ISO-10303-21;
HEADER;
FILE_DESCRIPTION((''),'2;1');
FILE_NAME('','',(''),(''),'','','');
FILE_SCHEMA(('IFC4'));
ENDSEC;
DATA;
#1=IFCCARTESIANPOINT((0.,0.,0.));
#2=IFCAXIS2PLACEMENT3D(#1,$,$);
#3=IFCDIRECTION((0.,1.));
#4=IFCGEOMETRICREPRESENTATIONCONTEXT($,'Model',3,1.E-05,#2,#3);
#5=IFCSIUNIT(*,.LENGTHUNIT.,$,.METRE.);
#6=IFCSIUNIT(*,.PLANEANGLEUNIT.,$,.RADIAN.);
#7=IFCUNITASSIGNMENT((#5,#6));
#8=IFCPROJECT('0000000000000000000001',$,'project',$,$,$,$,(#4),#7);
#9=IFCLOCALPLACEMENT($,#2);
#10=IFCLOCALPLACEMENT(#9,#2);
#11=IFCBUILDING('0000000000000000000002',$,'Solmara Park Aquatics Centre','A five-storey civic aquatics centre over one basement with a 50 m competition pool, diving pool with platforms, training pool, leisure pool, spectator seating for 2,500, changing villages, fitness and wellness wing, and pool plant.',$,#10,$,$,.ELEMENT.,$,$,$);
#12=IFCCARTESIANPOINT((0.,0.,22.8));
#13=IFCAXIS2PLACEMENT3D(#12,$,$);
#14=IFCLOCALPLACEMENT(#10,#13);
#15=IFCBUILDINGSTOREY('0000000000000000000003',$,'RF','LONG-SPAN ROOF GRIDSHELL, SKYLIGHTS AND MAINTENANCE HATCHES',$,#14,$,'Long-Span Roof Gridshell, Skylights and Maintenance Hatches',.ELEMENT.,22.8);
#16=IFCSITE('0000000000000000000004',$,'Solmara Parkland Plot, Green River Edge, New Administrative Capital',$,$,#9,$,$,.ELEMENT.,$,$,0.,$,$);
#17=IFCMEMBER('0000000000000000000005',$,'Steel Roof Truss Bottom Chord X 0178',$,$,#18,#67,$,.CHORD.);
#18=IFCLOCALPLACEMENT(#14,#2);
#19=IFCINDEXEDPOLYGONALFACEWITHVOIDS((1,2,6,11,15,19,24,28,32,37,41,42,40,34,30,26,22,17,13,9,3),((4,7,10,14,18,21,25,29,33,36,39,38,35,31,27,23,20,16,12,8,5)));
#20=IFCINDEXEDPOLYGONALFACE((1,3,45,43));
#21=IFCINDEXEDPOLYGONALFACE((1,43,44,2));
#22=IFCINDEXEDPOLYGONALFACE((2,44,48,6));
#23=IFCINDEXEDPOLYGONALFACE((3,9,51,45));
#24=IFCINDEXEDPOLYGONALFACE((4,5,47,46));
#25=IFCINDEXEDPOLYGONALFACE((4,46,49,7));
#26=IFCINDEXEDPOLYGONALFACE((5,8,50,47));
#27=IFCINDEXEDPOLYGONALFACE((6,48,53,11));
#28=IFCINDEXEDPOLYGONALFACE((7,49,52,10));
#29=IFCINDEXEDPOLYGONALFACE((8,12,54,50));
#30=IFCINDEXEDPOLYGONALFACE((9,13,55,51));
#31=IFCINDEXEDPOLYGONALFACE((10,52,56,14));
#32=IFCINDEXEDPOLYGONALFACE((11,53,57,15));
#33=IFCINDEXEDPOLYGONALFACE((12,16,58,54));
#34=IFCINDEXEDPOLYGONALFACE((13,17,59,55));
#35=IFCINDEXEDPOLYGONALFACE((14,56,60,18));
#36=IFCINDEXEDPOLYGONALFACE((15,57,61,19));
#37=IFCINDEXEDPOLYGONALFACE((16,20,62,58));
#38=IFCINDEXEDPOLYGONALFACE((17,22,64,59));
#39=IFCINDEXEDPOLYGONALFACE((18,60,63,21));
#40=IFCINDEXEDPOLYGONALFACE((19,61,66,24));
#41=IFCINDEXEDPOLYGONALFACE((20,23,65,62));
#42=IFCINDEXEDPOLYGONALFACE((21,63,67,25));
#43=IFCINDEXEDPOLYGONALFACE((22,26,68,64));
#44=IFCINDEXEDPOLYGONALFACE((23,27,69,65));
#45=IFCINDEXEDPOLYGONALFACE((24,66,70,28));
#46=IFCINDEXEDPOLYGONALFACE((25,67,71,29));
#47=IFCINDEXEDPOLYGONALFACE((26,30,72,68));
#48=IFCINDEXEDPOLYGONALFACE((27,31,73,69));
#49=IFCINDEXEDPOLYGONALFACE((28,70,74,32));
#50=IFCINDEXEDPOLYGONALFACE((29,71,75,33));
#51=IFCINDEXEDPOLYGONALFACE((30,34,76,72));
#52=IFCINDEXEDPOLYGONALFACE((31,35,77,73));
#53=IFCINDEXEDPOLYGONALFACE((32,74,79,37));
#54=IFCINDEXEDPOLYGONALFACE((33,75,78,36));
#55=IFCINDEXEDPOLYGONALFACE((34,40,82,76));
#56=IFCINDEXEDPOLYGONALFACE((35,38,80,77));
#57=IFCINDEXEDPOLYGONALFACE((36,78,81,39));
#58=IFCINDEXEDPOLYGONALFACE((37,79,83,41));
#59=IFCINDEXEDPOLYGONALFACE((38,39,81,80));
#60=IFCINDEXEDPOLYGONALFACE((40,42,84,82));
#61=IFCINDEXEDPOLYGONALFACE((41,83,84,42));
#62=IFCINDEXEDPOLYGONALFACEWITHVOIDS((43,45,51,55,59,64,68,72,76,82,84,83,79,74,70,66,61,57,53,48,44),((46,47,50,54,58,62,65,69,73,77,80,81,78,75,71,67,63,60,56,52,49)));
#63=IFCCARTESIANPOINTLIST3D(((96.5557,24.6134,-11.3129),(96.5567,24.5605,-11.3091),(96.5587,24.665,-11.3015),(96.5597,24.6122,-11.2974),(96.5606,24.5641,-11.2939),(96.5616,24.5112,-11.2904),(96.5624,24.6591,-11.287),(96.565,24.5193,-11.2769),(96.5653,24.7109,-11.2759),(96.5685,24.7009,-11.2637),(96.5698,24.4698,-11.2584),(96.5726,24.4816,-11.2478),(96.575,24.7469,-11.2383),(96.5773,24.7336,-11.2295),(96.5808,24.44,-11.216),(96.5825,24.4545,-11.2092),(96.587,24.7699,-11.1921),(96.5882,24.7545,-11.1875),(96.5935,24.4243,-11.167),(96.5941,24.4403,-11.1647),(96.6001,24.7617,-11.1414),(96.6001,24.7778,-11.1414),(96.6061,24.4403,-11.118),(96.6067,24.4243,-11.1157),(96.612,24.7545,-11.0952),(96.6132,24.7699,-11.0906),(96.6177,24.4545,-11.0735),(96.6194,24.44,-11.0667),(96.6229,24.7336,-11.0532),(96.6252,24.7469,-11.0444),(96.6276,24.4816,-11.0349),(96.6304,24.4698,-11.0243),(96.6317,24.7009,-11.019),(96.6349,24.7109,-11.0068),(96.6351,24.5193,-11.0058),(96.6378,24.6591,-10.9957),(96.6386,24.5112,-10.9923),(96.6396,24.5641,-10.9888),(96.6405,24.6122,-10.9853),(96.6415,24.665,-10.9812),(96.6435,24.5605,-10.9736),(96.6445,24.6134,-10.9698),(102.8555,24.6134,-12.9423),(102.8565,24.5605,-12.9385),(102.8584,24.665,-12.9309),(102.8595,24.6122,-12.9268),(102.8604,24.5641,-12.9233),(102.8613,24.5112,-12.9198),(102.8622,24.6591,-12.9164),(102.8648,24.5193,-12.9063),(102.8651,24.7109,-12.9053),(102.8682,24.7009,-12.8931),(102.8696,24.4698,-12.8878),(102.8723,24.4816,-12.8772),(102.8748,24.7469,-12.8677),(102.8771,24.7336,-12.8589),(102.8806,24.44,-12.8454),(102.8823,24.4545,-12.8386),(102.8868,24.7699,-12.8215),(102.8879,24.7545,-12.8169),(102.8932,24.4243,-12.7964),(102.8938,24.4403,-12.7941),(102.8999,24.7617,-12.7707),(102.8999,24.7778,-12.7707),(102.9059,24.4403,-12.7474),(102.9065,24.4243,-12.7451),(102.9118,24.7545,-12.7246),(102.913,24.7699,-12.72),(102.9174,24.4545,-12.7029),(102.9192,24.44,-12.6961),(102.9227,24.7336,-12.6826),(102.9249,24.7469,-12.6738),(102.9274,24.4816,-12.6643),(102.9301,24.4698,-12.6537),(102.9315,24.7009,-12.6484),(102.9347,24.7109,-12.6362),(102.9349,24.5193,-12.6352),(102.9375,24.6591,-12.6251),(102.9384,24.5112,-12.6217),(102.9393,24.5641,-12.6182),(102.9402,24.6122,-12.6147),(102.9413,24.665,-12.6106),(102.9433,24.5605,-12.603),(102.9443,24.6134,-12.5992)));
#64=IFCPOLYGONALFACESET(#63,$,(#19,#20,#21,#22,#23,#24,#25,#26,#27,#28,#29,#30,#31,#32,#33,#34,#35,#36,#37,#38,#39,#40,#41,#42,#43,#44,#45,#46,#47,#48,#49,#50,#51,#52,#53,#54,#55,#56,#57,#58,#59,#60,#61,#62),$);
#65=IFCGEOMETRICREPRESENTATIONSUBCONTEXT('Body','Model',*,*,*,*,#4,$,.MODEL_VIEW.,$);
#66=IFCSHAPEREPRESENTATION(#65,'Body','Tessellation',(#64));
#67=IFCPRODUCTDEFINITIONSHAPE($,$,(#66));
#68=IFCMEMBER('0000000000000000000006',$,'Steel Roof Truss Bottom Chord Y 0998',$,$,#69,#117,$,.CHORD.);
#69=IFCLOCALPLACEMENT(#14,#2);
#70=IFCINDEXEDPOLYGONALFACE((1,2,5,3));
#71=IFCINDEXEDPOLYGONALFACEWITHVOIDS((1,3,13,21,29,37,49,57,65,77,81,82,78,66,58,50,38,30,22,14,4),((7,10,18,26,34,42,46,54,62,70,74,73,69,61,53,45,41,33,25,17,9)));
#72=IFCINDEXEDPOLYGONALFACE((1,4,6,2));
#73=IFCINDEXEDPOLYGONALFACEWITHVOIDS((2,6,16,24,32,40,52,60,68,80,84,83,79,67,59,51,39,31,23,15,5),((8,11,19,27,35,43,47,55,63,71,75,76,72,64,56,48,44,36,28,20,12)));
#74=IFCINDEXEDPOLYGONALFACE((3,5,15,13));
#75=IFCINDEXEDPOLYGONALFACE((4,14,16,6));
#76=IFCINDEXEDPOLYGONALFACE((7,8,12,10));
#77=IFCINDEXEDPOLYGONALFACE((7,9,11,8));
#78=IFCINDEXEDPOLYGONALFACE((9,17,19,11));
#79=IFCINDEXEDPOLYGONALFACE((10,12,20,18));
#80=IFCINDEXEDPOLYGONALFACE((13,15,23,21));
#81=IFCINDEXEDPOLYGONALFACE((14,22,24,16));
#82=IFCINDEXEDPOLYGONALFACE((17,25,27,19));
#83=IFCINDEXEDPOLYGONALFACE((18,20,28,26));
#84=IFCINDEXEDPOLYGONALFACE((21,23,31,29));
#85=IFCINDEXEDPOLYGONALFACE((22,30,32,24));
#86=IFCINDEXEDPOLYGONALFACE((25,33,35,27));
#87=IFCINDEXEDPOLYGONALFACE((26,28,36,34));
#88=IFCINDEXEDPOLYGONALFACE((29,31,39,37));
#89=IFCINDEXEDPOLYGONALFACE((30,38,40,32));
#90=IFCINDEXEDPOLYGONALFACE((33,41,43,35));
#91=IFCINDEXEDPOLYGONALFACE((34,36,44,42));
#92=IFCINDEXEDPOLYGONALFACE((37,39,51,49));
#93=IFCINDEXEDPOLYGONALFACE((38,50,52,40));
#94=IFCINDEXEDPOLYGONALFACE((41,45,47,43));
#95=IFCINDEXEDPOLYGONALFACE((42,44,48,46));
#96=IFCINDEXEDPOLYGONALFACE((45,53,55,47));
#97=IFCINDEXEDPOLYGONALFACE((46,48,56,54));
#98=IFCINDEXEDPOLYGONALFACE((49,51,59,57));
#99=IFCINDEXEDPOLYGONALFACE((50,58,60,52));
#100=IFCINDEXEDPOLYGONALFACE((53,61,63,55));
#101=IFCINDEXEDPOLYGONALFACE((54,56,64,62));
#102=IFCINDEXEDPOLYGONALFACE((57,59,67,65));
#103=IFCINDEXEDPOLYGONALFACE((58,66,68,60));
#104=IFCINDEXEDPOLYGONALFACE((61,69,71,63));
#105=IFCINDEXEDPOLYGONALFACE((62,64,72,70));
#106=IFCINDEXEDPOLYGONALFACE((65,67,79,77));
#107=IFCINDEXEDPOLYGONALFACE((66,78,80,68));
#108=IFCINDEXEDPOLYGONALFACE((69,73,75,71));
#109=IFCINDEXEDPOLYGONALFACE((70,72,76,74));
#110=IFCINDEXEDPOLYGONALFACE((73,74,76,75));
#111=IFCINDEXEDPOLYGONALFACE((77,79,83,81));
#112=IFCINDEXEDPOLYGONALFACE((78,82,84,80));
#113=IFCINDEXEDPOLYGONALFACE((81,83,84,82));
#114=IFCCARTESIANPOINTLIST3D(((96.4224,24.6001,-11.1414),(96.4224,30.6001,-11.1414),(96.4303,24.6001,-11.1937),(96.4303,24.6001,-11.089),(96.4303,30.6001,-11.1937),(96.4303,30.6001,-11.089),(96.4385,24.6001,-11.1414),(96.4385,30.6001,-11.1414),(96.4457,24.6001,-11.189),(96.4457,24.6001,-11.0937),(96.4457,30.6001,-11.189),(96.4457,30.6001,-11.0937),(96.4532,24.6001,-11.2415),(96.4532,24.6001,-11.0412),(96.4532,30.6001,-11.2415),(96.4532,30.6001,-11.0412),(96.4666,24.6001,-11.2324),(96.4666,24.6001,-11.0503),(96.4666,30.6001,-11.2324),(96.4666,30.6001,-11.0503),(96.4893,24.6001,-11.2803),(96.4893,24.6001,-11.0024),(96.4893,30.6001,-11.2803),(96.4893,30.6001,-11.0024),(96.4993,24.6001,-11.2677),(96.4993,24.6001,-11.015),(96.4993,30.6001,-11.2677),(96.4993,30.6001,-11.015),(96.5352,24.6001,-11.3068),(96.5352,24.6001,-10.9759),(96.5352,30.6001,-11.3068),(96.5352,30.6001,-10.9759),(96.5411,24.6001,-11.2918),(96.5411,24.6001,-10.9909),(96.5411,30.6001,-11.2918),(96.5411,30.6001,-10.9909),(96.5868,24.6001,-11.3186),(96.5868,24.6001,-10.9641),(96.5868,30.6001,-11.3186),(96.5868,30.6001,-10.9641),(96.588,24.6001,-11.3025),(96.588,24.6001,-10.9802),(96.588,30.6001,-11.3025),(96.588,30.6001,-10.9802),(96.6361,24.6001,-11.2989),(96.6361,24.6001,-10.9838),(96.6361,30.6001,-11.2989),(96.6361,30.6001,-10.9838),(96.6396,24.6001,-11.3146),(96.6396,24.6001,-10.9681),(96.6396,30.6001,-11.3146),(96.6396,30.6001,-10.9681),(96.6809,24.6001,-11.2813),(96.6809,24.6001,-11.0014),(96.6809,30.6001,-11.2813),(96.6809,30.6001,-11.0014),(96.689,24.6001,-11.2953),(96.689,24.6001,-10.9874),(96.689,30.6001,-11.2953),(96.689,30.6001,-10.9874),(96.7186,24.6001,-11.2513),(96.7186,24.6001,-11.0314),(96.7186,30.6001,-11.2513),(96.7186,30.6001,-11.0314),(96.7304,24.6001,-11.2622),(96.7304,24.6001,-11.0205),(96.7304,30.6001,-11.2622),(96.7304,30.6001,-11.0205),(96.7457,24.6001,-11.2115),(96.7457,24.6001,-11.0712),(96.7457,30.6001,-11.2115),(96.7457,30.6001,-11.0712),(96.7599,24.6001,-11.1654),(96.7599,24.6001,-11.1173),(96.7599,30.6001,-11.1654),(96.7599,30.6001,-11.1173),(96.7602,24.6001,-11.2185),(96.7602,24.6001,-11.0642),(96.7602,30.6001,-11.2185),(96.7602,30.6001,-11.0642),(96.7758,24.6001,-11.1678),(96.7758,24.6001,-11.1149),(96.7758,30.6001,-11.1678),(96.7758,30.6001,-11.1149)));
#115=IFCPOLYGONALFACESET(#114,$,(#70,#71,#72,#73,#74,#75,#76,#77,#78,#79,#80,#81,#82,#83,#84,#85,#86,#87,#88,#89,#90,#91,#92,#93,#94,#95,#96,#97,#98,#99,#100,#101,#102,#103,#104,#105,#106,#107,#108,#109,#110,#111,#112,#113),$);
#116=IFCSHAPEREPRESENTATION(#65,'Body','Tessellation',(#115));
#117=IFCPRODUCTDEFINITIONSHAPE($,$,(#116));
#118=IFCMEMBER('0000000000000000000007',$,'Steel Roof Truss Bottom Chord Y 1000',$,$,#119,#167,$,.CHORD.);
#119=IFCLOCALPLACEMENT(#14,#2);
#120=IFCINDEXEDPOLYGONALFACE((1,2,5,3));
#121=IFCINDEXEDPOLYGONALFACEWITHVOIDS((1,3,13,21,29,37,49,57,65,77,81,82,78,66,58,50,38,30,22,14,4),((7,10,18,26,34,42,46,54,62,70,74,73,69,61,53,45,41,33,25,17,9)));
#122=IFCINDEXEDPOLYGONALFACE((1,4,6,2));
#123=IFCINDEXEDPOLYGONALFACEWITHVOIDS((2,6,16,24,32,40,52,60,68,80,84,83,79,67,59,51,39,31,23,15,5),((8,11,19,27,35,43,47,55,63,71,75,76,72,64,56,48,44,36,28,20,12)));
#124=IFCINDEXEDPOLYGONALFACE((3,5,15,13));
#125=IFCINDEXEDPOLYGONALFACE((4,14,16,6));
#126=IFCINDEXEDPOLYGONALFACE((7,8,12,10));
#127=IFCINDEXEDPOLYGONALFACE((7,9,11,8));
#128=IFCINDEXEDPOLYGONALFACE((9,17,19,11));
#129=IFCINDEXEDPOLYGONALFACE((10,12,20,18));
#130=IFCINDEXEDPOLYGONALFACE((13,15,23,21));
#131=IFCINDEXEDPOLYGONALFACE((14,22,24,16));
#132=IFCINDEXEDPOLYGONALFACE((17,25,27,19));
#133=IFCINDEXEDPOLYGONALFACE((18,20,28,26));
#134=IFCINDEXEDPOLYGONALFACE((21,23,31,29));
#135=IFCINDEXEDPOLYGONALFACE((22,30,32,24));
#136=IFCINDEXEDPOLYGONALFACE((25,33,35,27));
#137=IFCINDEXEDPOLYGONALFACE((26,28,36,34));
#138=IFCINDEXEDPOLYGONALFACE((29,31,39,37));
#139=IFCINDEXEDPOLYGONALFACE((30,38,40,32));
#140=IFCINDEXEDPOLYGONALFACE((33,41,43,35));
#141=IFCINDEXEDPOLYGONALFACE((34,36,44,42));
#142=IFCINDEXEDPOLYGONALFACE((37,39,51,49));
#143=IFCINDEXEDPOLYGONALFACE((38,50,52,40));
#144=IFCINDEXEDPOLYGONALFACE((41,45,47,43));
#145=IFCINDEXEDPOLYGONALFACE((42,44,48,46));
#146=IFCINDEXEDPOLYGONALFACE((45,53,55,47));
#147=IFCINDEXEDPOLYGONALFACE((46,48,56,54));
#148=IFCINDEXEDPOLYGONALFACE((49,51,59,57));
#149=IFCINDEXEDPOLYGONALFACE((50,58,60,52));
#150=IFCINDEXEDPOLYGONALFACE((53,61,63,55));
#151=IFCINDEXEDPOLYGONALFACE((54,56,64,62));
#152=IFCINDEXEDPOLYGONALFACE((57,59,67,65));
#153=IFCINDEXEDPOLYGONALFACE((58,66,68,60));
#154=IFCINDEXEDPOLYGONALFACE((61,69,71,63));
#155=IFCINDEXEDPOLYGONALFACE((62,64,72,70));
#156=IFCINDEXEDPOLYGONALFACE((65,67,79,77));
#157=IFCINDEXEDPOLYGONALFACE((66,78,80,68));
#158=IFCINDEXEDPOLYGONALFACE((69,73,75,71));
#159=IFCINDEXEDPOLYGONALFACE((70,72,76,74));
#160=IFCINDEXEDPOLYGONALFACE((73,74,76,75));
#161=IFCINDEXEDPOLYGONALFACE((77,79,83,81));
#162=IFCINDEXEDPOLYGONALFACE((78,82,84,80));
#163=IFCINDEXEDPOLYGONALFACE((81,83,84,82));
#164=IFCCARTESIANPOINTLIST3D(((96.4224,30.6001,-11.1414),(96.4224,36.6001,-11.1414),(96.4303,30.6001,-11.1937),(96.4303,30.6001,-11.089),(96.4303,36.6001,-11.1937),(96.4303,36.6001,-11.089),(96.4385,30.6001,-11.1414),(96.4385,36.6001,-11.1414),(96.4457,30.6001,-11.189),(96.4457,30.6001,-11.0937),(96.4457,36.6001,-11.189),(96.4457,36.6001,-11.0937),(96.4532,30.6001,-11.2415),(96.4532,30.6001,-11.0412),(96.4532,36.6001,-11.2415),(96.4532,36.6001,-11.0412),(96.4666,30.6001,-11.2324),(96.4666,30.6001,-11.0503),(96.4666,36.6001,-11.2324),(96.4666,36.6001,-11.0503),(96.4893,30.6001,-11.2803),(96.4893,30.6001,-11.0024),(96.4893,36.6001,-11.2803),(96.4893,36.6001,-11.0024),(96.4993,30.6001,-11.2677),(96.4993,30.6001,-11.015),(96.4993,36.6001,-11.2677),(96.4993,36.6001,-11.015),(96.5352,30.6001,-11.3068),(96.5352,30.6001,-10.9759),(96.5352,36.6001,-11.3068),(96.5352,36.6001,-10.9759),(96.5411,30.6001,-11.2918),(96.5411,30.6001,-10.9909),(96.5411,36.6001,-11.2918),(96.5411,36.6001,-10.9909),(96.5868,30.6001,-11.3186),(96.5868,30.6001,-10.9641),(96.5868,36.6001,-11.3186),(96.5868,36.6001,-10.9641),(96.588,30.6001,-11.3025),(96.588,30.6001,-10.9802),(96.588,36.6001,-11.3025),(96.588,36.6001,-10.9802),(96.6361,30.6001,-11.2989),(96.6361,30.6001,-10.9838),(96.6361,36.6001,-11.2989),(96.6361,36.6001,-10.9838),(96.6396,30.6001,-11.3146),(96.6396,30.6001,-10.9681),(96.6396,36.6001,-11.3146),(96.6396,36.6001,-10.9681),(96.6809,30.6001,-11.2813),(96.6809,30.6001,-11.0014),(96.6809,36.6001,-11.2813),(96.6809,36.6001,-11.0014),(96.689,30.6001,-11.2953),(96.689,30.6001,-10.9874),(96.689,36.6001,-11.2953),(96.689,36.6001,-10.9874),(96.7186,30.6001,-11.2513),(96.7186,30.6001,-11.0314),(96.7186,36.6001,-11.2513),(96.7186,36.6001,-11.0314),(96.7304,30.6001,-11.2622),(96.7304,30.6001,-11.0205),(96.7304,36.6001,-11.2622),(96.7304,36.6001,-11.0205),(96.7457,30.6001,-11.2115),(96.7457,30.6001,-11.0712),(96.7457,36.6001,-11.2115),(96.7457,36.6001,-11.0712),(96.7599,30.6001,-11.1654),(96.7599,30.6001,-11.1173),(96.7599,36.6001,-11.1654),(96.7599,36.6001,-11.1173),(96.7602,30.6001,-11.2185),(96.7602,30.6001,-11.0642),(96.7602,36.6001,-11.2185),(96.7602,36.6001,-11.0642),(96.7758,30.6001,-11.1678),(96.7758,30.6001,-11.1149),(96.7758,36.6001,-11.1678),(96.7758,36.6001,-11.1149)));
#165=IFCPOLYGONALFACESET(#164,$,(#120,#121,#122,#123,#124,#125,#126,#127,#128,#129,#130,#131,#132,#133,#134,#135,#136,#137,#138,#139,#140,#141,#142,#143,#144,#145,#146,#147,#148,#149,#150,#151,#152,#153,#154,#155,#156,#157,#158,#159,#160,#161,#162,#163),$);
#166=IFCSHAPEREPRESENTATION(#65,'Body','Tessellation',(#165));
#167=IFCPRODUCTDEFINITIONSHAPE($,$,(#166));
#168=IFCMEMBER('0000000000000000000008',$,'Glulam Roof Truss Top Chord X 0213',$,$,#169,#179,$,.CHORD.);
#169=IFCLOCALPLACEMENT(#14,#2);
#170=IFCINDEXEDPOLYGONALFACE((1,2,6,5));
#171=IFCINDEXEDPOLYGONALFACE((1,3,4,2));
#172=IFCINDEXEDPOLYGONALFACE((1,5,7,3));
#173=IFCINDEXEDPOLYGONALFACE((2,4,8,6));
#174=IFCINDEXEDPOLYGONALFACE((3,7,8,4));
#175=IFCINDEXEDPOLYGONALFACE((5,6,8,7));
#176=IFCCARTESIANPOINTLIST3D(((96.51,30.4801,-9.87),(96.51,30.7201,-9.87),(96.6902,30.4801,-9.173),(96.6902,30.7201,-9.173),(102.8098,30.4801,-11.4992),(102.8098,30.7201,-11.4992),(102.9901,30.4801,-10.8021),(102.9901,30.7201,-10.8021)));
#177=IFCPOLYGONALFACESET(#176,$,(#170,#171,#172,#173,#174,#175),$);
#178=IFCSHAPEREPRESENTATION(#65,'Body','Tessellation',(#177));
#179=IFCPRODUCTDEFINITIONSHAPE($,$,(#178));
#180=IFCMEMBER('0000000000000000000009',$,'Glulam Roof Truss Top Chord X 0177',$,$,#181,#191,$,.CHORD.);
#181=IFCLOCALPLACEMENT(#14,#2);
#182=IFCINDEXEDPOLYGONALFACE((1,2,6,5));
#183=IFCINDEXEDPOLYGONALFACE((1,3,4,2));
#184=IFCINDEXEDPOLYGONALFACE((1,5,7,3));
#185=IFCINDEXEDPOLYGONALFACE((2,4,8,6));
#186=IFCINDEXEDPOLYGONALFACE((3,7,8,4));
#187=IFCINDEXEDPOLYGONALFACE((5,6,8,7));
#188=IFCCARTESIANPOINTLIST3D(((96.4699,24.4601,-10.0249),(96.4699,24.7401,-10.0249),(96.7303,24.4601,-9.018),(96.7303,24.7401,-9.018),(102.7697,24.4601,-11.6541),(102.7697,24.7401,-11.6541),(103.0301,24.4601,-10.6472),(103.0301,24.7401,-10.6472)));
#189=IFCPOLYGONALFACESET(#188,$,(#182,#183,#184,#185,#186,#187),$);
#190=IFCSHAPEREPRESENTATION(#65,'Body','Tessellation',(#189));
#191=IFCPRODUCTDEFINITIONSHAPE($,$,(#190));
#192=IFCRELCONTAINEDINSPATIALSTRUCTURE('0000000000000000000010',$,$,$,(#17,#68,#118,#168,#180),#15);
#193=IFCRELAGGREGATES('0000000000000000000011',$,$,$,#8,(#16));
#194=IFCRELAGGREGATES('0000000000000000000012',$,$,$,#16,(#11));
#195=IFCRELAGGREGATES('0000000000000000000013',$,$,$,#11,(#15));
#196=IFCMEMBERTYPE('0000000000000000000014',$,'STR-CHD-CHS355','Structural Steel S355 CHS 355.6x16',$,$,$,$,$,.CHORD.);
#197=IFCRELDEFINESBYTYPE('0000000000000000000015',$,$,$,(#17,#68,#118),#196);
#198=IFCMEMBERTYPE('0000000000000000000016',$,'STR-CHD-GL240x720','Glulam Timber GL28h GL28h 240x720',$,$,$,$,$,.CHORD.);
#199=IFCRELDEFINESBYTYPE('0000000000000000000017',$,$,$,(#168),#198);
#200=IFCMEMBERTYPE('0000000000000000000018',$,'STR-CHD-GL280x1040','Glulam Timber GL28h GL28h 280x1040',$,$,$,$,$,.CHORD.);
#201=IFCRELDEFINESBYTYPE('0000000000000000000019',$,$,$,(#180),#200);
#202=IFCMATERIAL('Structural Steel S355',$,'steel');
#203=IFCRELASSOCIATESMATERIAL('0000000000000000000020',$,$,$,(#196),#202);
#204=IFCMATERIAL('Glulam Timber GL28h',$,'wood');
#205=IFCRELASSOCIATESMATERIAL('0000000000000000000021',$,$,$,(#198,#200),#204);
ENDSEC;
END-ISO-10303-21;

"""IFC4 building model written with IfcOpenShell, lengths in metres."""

from ifc_helpers import new_model, si_unit, direction, frame, origin, origin_2d, place, context, subcontext, project, spatial, rectangle, hollow_circle, extrude, material, material_profile, profile_set, type_object, element, save


model = new_model("IFC4")

# Units and contexts
model_context = context("Model", 3, precision=1e-05, world=origin(), true_north=direction((0.0, 1.0)))
body_context = subcontext(model_context, "Body", "Model", "MODEL_VIEW")
ifc_project = project(units=[si_unit("LENGTHUNIT", "METRE"), si_unit("PLANEANGLEUNIT", "RADIAN")], contexts=[model_context])

# Site, building, storey
site_placement = place(None, origin())
site = spatial("IfcSite", under=ifc_project, at=site_placement, Name="Solmara Parkland Plot, Green River Edge, New Administrative Capital", CompositionType="ELEMENT", RefElevation=0.0)
building_placement = place(site_placement, origin())
building = spatial("IfcBuilding", under=site, at=building_placement, Name="Solmara Park Aquatics Centre", Description="A five-storey civic aquatics centre over one basement with a 50 m competition pool, diving pool with platforms, training pool, leisure pool, spectator seating for 2,500, changing villages, fitness and wellness wing, and pool plant.", CompositionType="ELEMENT")
storey_placement = place(building_placement, frame((0.0, 0.0, 22.8)))
storey = spatial("IfcBuildingStorey", under=building, at=storey_placement, Name="RF", Description="LONG-SPAN ROOF GRIDSHELL, SKYLIGHTS AND MAINTENANCE HATCHES", LongName="Long-Span Roof Gridshell, Skylights and Maintenance Hatches", CompositionType="ELEMENT", Elevation=22.8)

# Members
ifc_material_1 = material(Name="Structural Steel S355", Category="steel")
ifc_material_profile_1 = material_profile(ifc_material_1, hollow_circle(Radius=0.1777, WallThickness=0.0161, at=origin_2d()), Name="CHS 355.6x16")
ifc_profile_set_1 = profile_set([ifc_material_profile_1], Name="Structural Steel S355")
member_type_1 = type_object("IfcMemberType", Name="STR-CHD-CHS355", Description="Structural Steel S355 CHS 355.6x16", PredefinedType="CHORD", material=ifc_profile_set_1)
member_1_placement = place(storey_placement, frame((96.6001, 24.6001, -11.1414), z_axis=(0.968142, 0.0, -0.250402), x_axis=(0.0, 1.0, 0.0)))
element("IfcMember", 1, at=member_1_placement, inside=storey, type_object=member_type_1, Name="Steel Roof Truss Bottom Chord X 0178", PredefinedType="CHORD", context=body_context, shape_type="SweptSolid", body=[
    extrude(hollow_circle(Radius=0.1777, WallThickness=0.0161, at=origin_2d()), origin(), (0.0, 0.0, 1.0), 6.5071),
])
for number, where, z_axis, x_axis, name in (
    (2, (96.6001, 24.6001, -11.1414), (0.0, 1.0, 0.0), (-1.0, 0.0, 0.0), "Steel Roof Truss Bottom Chord Y 0998"),
    (3, (96.6001, 30.6001, -11.1414), (0.0, 1.0, 0.0), (-1.0, 0.0, 0.0), "Steel Roof Truss Bottom Chord Y 1000"),
):
    element("IfcMember", number, at=place(storey_placement, frame(where, z_axis=z_axis, x_axis=x_axis)), inside=storey, type_object=member_type_1, Name=name, PredefinedType="CHORD", context=body_context, shape_type="SweptSolid", body=[
        extrude(hollow_circle(Radius=0.1777, WallThickness=0.0161, at=origin_2d()), origin(), (0.0, 0.0, 1.0), 6.0),
    ])
ifc_material_2 = material(Name="Glulam Timber GL28h", Category="wood")
ifc_material_profile_2 = material_profile(ifc_material_2, rectangle(XDim=0.24, YDim=0.72, at=origin_2d()), Name="GL28h 240x720")
ifc_profile_set_2 = profile_set([ifc_material_profile_2], Name="Glulam Timber GL28h")
member_type_2 = type_object("IfcMemberType", Name="STR-CHD-GL240x720", Description="Glulam Timber GL28h GL28h 240x720", PredefinedType="CHORD", material=ifc_profile_set_2)
member_2_placement = place(storey_placement, frame((96.6001, 30.6001, -9.5215), z_axis=(0.968151, 0.0, -0.250367), x_axis=(0.0, 1.0, 0.0)))
element("IfcMember", 4, at=member_2_placement, inside=storey, type_object=member_type_2, Name="Glulam Roof Truss Top Chord X 0213", PredefinedType="CHORD", context=body_context, shape_type="SweptSolid", body=[
    extrude(rectangle(XDim=0.24, YDim=0.72, at=origin_2d()), origin(), (0.0, 0.0, 1.0), 6.5071),
])
ifc_material_profile_3 = material_profile(ifc_material_2, rectangle(XDim=0.28, YDim=1.04, at=origin_2d()), Name="GL28h 280x1040")
ifc_profile_set_3 = profile_set([ifc_material_profile_3], Name="Glulam Timber GL28h")
member_type_3 = type_object("IfcMemberType", Name="STR-CHD-GL280x1040", Description="Glulam Timber GL28h GL28h 280x1040", PredefinedType="CHORD", material=ifc_profile_set_3)
member_3_placement = place(storey_placement, frame((96.6001, 24.6001, -9.5215), z_axis=(0.968151, 0.0, -0.250367), x_axis=(0.0, 1.0, 0.0)))
element("IfcMember", 5, at=member_3_placement, inside=storey, type_object=member_type_3, Name="Glulam Roof Truss Top Chord X 0177", PredefinedType="CHORD", context=body_context, shape_type="SweptSolid", body=[
    extrude(rectangle(XDim=0.28, YDim=1.04, at=origin_2d()), origin(), (0.0, 0.0, 1.0), 6.5071),
])

save(model, "model.ifc")
